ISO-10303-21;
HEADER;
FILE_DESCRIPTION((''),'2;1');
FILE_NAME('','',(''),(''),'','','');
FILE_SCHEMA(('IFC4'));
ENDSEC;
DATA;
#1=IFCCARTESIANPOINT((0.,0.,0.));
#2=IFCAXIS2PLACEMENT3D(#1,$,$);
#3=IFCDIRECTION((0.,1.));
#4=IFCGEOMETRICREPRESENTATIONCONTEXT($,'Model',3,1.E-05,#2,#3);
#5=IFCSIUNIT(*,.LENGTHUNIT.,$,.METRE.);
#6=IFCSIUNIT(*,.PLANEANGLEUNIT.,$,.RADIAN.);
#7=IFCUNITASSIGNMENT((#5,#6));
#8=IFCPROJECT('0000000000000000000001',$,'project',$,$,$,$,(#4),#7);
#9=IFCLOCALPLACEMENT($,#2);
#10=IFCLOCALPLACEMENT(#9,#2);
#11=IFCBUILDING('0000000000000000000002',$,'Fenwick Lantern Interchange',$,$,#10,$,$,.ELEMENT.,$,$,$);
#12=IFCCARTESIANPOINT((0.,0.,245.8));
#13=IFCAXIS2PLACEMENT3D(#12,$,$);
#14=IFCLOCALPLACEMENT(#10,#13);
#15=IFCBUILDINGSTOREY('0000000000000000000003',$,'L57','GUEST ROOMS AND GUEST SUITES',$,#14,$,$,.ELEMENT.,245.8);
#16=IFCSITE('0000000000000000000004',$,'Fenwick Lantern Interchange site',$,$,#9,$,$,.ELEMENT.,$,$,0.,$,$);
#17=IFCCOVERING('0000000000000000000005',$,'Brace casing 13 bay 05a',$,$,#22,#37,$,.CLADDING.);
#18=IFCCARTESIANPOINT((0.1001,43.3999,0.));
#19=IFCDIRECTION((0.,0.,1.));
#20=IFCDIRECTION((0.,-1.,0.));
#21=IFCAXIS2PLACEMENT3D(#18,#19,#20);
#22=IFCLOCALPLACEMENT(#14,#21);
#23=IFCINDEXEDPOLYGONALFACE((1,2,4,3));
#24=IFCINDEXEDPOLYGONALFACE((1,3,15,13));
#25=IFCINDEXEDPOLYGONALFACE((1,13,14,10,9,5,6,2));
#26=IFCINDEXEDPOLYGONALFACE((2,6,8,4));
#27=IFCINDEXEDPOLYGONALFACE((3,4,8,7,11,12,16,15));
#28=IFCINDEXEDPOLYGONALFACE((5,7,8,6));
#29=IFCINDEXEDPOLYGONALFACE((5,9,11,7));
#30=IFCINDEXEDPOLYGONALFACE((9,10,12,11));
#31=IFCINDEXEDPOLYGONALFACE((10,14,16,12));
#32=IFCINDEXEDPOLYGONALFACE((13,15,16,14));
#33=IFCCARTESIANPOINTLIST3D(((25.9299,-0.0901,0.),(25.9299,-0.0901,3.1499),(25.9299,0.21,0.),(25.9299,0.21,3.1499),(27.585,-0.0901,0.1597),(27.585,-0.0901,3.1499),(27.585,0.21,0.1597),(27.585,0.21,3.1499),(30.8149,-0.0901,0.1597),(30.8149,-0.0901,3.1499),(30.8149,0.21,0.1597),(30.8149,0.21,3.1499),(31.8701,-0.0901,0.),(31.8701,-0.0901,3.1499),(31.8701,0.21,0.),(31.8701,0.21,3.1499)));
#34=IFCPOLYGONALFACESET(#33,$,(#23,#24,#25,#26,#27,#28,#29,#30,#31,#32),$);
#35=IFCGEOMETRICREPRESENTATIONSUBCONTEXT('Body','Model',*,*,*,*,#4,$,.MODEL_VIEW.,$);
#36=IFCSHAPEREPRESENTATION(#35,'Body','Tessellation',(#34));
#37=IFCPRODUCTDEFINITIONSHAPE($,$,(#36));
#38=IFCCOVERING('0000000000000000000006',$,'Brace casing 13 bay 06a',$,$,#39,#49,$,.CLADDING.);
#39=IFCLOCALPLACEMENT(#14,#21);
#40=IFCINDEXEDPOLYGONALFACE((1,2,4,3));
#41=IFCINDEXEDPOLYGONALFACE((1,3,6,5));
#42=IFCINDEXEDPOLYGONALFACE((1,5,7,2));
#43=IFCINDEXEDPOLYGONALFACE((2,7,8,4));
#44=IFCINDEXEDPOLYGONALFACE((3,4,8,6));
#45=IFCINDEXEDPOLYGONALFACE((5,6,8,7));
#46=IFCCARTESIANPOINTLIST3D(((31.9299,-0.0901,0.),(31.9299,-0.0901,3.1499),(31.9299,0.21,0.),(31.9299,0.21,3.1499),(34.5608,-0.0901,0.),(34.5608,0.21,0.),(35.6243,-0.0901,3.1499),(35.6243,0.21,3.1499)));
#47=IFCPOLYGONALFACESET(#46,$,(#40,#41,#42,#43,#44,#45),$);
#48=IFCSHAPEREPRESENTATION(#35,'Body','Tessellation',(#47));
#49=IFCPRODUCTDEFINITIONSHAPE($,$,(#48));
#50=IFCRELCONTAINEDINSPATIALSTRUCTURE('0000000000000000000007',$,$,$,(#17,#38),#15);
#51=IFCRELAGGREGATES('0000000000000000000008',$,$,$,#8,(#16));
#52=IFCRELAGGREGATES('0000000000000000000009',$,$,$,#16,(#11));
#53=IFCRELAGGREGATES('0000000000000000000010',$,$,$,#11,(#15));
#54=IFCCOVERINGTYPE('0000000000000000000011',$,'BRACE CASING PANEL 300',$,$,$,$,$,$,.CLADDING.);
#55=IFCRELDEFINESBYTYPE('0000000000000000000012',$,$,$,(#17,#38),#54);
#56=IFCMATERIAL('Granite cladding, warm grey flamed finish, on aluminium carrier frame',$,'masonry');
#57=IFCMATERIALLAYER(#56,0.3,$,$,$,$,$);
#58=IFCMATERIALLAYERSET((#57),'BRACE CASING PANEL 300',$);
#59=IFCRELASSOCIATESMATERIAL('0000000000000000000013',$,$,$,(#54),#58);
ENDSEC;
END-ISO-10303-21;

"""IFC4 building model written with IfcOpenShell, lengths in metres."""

from ifc_helpers import new_model, si_unit, direction, frame, origin, place, context, subcontext, project, spatial, polyline, outline, extrude, material, layer, layer_set, type_object, element, save


model = new_model("IFC4")

# Units and contexts
model_context = context("Model", 3, precision=1e-05, world=origin(), true_north=direction((0.0, 1.0)))
body_context = subcontext(model_context, "Body", "Model", "MODEL_VIEW")
ifc_project = project(units=[si_unit("LENGTHUNIT", "METRE"), si_unit("PLANEANGLEUNIT", "RADIAN")], contexts=[model_context])

# Site, building, storey
site_placement = place(None, origin())
site = spatial("IfcSite", under=ifc_project, at=site_placement, Name="Fenwick Lantern Interchange site", CompositionType="ELEMENT", RefElevation=0.0)
building_placement = place(site_placement, origin())
building = spatial("IfcBuilding", under=site, at=building_placement, Name="Fenwick Lantern Interchange", CompositionType="ELEMENT")
storey_placement = place(building_placement, frame((0.0, 0.0, 245.8)))
storey = spatial("IfcBuildingStorey", under=building, at=storey_placement, Name="L57", Description="GUEST ROOMS AND GUEST SUITES", CompositionType="ELEMENT", Elevation=245.8)

# Coverings
ifc_material_1 = material(Name="Granite cladding, warm grey flamed finish, on aluminium carrier frame", Category="masonry")
ifc_layer_1 = layer(ifc_material_1, 0.3)
ifc_layer_set_1 = layer_set([ifc_layer_1], Name="BRACE CASING PANEL 300")
covering_type = type_object("IfcCoveringType", Name="BRACE CASING PANEL 300", PredefinedType="CLADDING", material=ifc_layer_set_1)
covering_1_placement = place(storey_placement, frame((0.1001, 43.3999, 0.0), z_axis=(0.0, 0.0, 1.0), x_axis=(0.0, -1.0, 0.0)))
element("IfcCovering", 1, at=covering_1_placement, inside=storey, type_object=covering_type, Name="Brace casing 13 bay 05a", PredefinedType="CLADDING", context=body_context, shape_type="SweptSolid", body=[
    extrude(outline(polyline([(25.9299, 0.0), (31.8701, 0.0), (31.8701, 3.1499), (30.8149, 3.1499), (30.8149, 0.1597), (27.585, 0.1597), (27.585, 3.1499), (25.9299, 3.1499), (25.9299, 0.0)])), frame((0.0, 0.21, 0.0), z_axis=(0.0, -1.0, 0.0), x_axis=(1.0, 0.0, 0.0)), (0.0, 0.0, 1.0), 0.3),
])
covering_2_placement = place(storey_placement, frame((0.1001, 43.3999, 0.0), z_axis=(0.0, 0.0, 1.0), x_axis=(0.0, -1.0, 0.0)))
element("IfcCovering", 2, at=covering_2_placement, inside=storey, type_object=covering_type, Name="Brace casing 13 bay 06a", PredefinedType="CLADDING", context=body_context, shape_type="SweptSolid", body=[
    extrude(outline(polyline([(31.9299, 0.0), (34.5608, 0.0), (35.6243, 3.1499), (31.9299, 3.1499), (31.9299, 0.0)])), frame((0.0, 0.21, 0.0), z_axis=(0.0, -1.0, 0.0), x_axis=(1.0, 0.0, 0.0)), (0.0, 0.0, 1.0), 0.3),
])

save(model, "model.ifc")
